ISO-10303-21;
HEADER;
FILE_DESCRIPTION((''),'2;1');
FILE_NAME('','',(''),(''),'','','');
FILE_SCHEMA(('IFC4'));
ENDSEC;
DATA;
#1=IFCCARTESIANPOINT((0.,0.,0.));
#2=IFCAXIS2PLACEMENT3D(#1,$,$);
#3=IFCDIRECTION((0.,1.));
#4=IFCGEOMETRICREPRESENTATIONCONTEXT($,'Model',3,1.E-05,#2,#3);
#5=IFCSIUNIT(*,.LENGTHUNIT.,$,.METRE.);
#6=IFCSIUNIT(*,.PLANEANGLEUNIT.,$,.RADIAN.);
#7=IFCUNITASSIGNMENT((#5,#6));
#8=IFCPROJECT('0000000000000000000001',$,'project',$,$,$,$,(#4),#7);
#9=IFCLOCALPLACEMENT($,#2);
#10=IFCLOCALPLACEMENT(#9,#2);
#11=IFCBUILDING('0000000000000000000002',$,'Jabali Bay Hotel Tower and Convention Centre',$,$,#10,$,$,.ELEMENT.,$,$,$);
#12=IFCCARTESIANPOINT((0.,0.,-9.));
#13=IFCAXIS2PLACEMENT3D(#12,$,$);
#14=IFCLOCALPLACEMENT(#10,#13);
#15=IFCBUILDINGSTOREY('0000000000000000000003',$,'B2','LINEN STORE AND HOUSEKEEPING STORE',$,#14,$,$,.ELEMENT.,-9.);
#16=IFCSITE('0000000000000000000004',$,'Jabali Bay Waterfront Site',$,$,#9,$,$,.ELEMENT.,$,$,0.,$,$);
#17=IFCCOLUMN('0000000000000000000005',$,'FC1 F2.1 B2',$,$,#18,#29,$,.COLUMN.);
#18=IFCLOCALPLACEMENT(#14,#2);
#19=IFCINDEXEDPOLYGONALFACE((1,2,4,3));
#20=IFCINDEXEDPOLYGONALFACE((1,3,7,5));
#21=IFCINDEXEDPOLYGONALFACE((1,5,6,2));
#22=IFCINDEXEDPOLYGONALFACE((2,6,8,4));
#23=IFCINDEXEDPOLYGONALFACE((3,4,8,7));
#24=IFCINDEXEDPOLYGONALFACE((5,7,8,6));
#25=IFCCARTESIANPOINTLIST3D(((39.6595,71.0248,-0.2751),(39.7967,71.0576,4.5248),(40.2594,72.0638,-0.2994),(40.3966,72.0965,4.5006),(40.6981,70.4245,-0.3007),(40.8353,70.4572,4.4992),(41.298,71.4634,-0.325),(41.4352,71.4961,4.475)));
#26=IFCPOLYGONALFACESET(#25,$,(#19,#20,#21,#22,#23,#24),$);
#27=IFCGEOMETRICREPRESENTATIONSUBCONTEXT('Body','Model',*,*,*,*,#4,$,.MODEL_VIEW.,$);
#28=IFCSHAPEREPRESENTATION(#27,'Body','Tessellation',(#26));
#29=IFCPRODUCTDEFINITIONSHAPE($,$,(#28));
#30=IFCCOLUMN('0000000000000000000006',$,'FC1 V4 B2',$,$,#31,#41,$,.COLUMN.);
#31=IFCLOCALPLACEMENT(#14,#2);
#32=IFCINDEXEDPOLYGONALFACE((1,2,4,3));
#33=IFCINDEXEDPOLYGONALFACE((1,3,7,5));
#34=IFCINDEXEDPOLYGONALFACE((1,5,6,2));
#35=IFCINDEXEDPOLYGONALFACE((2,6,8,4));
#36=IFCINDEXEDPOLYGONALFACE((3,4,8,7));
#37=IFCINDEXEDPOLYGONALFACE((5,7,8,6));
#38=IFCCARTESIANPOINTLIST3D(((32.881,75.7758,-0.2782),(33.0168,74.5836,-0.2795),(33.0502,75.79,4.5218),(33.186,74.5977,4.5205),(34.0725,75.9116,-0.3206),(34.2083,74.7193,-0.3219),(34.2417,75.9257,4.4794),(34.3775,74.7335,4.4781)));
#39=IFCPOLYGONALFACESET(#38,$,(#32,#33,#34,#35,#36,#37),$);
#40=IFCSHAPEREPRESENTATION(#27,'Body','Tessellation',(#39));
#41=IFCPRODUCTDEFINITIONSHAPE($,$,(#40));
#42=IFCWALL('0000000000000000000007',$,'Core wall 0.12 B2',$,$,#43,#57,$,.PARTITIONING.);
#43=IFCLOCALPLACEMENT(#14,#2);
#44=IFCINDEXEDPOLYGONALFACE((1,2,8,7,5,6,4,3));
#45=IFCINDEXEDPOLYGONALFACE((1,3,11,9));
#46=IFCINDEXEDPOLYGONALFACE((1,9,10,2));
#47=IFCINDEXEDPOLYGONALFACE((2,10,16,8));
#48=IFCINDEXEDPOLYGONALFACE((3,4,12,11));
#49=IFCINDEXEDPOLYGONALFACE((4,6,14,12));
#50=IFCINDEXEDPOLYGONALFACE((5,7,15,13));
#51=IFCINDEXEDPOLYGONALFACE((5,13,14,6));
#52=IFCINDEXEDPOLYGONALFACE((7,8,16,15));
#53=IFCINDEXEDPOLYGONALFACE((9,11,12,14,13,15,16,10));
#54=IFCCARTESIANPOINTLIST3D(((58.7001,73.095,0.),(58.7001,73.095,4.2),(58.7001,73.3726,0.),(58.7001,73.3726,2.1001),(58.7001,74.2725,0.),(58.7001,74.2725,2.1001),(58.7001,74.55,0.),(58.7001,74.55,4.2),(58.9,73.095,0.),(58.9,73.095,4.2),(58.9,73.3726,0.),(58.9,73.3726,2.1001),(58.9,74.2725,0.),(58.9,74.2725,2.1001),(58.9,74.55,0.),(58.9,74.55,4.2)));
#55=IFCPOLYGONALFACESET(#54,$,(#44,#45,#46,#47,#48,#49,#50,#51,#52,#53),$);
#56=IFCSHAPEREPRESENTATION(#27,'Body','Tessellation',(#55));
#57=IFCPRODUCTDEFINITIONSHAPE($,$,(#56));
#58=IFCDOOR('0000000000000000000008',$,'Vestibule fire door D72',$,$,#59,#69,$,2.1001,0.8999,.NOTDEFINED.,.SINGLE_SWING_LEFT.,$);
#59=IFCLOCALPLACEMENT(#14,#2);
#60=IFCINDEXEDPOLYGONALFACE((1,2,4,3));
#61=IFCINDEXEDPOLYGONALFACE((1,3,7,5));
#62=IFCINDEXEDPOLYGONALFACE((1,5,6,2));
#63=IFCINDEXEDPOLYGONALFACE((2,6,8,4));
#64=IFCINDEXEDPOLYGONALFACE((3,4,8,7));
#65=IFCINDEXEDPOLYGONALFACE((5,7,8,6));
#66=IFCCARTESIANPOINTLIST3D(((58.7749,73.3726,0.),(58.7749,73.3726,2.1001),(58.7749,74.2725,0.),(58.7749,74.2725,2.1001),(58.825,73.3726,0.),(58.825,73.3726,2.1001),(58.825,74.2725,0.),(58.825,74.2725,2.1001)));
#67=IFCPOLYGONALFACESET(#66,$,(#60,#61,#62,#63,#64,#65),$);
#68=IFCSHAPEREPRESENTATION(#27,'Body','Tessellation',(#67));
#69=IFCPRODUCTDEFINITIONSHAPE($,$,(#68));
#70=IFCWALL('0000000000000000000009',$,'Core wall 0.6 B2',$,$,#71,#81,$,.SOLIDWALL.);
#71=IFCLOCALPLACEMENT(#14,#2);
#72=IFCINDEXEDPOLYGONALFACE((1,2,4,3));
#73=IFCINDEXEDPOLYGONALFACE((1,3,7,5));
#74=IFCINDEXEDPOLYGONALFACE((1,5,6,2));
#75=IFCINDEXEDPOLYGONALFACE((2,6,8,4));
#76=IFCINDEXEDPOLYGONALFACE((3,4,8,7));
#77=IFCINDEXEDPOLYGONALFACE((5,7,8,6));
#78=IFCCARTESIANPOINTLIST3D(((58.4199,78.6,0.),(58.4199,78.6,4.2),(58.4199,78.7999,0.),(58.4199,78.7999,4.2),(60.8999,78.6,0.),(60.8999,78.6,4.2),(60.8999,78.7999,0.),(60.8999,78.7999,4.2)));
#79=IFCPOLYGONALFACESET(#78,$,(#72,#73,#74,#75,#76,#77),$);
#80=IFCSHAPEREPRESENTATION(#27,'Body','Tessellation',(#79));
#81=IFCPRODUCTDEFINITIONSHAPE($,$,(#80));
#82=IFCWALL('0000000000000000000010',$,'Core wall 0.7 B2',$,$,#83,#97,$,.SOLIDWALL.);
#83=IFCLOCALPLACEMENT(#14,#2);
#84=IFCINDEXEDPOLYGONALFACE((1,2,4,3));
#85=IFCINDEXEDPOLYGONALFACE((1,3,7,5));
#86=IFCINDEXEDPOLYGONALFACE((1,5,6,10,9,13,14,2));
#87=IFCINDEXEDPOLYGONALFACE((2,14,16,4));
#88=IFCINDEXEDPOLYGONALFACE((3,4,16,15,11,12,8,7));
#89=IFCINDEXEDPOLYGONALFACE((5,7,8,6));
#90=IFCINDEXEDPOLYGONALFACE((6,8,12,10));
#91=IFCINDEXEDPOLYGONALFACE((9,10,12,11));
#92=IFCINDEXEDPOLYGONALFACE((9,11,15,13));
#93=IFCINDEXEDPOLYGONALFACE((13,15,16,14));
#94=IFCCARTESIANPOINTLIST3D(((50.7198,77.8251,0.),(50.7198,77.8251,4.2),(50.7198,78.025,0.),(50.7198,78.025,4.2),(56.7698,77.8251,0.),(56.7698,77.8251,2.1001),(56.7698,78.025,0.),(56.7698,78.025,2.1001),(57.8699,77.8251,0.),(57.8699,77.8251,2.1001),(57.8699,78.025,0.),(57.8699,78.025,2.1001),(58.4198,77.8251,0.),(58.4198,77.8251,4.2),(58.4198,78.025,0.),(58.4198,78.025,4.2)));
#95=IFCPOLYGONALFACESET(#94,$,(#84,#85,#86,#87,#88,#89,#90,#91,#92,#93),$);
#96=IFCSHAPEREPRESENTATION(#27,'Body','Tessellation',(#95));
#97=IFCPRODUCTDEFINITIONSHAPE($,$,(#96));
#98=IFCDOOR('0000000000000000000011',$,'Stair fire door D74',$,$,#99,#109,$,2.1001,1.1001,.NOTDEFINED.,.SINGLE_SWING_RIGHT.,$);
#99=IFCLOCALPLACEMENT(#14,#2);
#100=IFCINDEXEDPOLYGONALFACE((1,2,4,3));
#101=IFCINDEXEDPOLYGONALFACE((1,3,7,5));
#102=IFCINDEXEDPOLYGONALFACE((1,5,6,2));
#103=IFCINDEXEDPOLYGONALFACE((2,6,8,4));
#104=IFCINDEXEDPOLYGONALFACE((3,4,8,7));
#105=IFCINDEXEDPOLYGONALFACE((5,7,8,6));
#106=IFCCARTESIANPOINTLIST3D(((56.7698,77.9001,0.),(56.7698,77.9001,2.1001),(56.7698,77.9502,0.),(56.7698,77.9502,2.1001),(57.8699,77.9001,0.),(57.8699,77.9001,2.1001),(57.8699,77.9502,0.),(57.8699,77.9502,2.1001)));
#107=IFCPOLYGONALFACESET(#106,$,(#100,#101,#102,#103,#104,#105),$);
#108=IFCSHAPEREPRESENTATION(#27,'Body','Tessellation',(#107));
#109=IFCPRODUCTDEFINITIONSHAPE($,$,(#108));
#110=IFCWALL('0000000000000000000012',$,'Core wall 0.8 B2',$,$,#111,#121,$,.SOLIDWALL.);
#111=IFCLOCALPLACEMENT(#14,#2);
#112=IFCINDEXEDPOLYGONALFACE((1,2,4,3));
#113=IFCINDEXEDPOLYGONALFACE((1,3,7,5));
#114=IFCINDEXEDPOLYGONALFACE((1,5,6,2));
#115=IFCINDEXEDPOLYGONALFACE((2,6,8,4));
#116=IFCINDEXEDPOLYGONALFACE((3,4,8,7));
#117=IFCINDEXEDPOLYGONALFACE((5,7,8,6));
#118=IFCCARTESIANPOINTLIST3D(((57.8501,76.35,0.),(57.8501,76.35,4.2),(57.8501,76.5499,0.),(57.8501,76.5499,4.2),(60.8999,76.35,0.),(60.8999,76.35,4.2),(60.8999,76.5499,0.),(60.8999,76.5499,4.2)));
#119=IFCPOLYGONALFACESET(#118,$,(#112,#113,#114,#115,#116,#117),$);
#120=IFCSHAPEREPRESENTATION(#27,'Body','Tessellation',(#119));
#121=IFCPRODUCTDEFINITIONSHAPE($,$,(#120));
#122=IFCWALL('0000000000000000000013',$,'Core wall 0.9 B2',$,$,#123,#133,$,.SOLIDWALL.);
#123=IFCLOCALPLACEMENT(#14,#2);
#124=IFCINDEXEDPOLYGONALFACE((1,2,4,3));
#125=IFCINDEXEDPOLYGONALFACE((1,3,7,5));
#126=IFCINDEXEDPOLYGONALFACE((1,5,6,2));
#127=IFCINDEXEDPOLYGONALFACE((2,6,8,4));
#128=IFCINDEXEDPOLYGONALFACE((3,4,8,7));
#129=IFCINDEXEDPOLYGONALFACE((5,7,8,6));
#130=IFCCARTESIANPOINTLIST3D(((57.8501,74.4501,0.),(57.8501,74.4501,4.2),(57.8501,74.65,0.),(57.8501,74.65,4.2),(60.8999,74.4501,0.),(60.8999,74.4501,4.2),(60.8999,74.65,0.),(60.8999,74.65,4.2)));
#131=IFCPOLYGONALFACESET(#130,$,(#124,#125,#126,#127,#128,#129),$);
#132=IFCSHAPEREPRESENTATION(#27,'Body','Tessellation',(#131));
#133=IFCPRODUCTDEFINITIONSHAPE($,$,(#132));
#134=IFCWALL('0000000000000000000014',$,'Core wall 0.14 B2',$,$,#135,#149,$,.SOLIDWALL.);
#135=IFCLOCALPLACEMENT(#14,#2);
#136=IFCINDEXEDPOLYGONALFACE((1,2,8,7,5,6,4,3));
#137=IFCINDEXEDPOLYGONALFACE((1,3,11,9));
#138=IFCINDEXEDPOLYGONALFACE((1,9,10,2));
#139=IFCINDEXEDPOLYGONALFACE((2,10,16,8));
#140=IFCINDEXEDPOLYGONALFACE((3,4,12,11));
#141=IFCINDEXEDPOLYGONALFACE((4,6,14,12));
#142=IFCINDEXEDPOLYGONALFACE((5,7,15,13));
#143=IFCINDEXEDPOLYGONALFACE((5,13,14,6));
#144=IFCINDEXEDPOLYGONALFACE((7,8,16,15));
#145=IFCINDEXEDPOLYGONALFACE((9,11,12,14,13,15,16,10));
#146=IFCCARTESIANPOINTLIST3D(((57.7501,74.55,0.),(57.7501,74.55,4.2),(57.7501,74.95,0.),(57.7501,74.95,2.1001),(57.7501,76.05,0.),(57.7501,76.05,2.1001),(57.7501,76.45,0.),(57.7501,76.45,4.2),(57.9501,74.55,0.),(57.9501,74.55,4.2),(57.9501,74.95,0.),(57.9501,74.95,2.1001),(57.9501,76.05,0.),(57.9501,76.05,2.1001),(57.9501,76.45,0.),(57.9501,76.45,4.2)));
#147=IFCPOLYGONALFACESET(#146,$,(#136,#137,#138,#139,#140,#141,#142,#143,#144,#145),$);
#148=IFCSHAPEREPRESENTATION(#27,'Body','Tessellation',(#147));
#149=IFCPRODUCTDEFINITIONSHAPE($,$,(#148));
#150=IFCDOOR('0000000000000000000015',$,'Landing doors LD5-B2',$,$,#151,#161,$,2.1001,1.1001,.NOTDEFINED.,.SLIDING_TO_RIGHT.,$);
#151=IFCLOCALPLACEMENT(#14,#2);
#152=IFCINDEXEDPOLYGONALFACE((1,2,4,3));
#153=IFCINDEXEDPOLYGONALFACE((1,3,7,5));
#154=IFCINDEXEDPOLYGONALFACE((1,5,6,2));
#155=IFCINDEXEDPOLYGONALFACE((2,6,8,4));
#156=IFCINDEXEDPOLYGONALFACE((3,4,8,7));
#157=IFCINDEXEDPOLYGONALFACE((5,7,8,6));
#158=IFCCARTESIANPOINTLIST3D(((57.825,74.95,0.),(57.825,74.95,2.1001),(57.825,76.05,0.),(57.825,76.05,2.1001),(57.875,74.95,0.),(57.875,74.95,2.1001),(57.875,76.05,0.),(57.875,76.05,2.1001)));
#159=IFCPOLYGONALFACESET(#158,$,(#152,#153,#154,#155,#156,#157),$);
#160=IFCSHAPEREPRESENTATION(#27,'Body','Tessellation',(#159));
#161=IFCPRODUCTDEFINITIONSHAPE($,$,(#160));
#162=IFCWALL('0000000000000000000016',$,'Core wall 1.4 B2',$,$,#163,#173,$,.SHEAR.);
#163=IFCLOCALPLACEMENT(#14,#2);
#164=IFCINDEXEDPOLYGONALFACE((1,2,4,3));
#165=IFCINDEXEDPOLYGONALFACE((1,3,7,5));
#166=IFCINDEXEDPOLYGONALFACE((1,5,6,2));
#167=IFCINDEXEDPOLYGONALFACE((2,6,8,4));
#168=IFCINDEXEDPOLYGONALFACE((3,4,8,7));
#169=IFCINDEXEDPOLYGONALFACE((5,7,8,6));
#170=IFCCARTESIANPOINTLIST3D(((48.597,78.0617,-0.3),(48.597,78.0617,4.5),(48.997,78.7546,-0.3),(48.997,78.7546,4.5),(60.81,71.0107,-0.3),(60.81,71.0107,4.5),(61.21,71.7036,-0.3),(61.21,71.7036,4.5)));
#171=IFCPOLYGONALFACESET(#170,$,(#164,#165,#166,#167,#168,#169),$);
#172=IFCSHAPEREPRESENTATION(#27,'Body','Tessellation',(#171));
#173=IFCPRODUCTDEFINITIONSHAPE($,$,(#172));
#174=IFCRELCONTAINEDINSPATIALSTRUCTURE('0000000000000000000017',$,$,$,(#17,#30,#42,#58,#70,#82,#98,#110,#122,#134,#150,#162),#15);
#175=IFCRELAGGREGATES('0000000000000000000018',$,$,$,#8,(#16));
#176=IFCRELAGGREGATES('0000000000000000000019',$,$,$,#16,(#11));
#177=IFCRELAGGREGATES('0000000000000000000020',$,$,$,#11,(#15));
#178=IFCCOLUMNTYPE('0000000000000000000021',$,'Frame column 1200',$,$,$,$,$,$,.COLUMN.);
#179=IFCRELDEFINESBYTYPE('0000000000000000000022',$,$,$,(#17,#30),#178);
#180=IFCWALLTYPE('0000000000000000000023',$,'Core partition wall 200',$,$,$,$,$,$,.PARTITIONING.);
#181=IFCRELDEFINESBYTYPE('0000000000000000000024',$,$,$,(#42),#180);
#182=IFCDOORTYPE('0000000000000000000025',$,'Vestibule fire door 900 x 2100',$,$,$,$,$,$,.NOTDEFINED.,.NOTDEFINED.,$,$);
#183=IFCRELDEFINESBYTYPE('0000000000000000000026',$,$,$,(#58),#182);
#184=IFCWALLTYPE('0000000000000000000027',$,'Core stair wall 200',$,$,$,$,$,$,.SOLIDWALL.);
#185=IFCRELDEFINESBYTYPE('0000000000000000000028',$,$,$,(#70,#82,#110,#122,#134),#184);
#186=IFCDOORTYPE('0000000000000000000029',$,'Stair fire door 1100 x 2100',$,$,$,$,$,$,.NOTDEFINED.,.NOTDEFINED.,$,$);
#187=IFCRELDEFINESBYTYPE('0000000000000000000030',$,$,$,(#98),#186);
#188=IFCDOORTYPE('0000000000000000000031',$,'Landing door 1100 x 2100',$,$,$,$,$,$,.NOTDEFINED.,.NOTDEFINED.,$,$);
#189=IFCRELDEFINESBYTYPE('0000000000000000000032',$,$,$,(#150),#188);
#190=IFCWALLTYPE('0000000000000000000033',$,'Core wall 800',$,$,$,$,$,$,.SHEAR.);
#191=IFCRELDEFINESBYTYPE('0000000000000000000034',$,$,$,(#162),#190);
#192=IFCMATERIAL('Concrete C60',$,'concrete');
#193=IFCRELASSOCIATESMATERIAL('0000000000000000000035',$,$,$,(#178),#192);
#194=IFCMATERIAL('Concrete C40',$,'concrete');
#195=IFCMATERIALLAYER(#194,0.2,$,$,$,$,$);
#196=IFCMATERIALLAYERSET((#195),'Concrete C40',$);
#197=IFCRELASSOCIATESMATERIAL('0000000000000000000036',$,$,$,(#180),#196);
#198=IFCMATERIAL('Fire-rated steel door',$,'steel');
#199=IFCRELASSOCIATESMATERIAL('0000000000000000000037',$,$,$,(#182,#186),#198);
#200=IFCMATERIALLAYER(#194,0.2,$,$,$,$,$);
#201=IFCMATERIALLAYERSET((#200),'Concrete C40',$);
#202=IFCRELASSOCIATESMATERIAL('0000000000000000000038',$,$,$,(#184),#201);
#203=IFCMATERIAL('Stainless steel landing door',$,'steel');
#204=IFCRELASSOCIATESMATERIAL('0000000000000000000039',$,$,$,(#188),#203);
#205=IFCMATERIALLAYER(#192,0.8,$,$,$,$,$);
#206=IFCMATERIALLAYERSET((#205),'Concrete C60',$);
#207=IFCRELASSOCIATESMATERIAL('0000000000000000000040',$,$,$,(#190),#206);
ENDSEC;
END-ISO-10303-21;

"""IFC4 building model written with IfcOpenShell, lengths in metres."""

from ifc_helpers import new_model, si_unit, direction, frame, frame_2d, origin, origin_2d, place, context, subcontext, project, spatial, rectangle, extrude, material, layer, layer_set, material_profile, profile_set, type_object, element, fill, save


model = new_model("IFC4")

# Units and contexts
model_context = context("Model", 3, precision=1e-05, world=origin(), true_north=direction((0.0, 1.0)))
body_context = subcontext(model_context, "Body", "Model", "MODEL_VIEW")
ifc_project = project(units=[si_unit("LENGTHUNIT", "METRE"), si_unit("PLANEANGLEUNIT", "RADIAN")], contexts=[model_context])

# Site, building, storey
site_placement = place(None, origin())
site = spatial("IfcSite", under=ifc_project, at=site_placement, Name="Jabali Bay Waterfront Site", CompositionType="ELEMENT", RefElevation=0.0)
building_placement = place(site_placement, origin())
building = spatial("IfcBuilding", under=site, at=building_placement, Name="Jabali Bay Hotel Tower and Convention Centre", CompositionType="ELEMENT")
storey_placement = place(building_placement, frame((0.0, 0.0, -9.0)))
storey = spatial("IfcBuildingStorey", under=building, at=storey_placement, Name="B2", Description="LINEN STORE AND HOUSEKEEPING STORE", CompositionType="ELEMENT", Elevation=-9.0)

# Columns
ifc_material_1 = material(Name="Concrete C60", Category="concrete")
ifc_material_profile_1 = material_profile(ifc_material_1, rectangle(XDim=1.2, YDim=1.2, at=origin_2d()), Name="Frame column 1200")
ifc_profile_set_1 = profile_set([ifc_material_profile_1], Name="Concrete C60")
column_type = type_object("IfcColumnType", Name="Frame column 1200", PredefinedType="COLUMN", material=ifc_profile_set_1)
column_1_placement = place(storey_placement, frame((40.4788, 71.2441, -0.3), z_axis=(0.028572, 0.006813, 0.999569), x_axis=(-0.865582, 0.500312, 0.021332)))
element("IfcColumn", 1, at=column_1_placement, inside=storey, type_object=column_type, Name="FC1 F2.1 B2", PredefinedType="COLUMN", context=body_context, shape_type="SweptSolid", body=[
    extrude(rectangle(XDim=1.2, YDim=1.2, at=origin_2d()), origin(), (0.0, 0.0, 1.0), 4.802),
])
column_2_placement = place(storey_placement, frame((33.5447, 75.2476, -0.3), z_axis=(0.035225, 0.002948, 0.999375), x_axis=(-0.113158, 0.993576, 0.001057)))
element("IfcColumn", 2, at=column_2_placement, inside=storey, type_object=column_type, Name="FC1 V4 B2", PredefinedType="COLUMN", context=body_context, shape_type="SweptSolid", body=[
    extrude(rectangle(XDim=1.2, YDim=1.2, at=origin_2d()), origin(), (0.0, 0.0, 1.0), 4.803),
])

# Wall, opening, door
ifc_material_2 = material(Name="Concrete C40", Category="concrete")
ifc_layer_1 = layer(ifc_material_2, 0.2)
ifc_layer_set_1 = layer_set([ifc_layer_1], Name="Concrete C40")
wall_type_1 = type_object("IfcWallType", Name="Core partition wall 200", PredefinedType="PARTITIONING", material=ifc_layer_set_1)
wall_1_placement = place(storey_placement, frame((58.8, 74.55, 0.0), z_axis=(0.0, 0.0, 1.0), x_axis=(0.0, -1.0, 0.0)))
wall_1 = element("IfcWall", 3, at=wall_1_placement, inside=storey, type_object=wall_type_1, Name="Core wall 0.12 B2", PredefinedType="PARTITIONING", context=body_context, shape_type="SweptSolid", body=[
    extrude(rectangle(XDim=1.4551, YDim=0.2, at=frame_2d((0.7275, 0.0))), origin(), (0.0, 0.0, 1.0), 4.2),
])
opening_1_placement = place(wall_1_placement, frame((0.2776, 0.0, 0.0)))
opening_1 = element("IfcOpeningElement", 4, at=opening_1_placement, cuts=wall_1, PredefinedType="OPENING", context=body_context, shape_type="SweptSolid", body=[
    extrude(rectangle(XDim=0.8999, YDim=2.1001, at=frame_2d((0.45, 1.05))), frame((0.0, 0.1104, 0.0), z_axis=(0.0, -1.0, 0.0), x_axis=(1.0, 0.0, 0.0)), (0.0, 0.0, 1.0), 0.2209),
])
ifc_material_3 = material(Name="Fire-rated steel door", Category="steel")
door_type_1 = type_object("IfcDoorType", Name="Vestibule fire door 900 x 2100", OperationType="NOTDEFINED", PredefinedType="NOTDEFINED", material=ifc_material_3)
door_1_placement = place(opening_1_placement, origin())
door_1 = element("IfcDoor", 5, at=door_1_placement, inside=storey, type_object=door_type_1, Name="Vestibule fire door D72", OperationType="SINGLE_SWING_LEFT", OverallHeight=2.1001, OverallWidth=0.8999, PredefinedType="NOTDEFINED", context=body_context, shape_type="SweptSolid", body=[
    extrude(rectangle(XDim=0.8999, YDim=2.1001, at=frame_2d((0.45, 1.05))), frame((0.0, 0.0249, 0.0), z_axis=(0.0, -1.0, 0.0), x_axis=(1.0, 0.0, 0.0)), (0.0, 0.0, 1.0), 0.05),
])
fill(opening_1, door_1)

# Wall
ifc_layer_2 = layer(ifc_material_2, 0.2)
ifc_layer_set_2 = layer_set([ifc_layer_2], Name="Concrete C40")
wall_type_2 = type_object("IfcWallType", Name="Core stair wall 200", PredefinedType="SOLIDWALL", material=ifc_layer_set_2)
wall_2_placement = place(storey_placement, frame((60.8999, 78.7, 0.0), z_axis=(0.0, 0.0, 1.0), x_axis=(-1.0, 0.0, 0.0)))
element("IfcWall", 6, at=wall_2_placement, inside=storey, type_object=wall_type_2, Name="Core wall 0.6 B2", PredefinedType="SOLIDWALL", context=body_context, shape_type="SweptSolid", body=[
    extrude(rectangle(XDim=2.48, YDim=0.2, at=frame_2d((1.24, 0.0))), origin(), (0.0, 0.0, 1.0), 4.2),
])

# Wall, opening, door
wall_3_placement = place(storey_placement, frame((58.4199, 77.925, 0.0), z_axis=(0.0, 0.0, 1.0), x_axis=(-1.0, 0.0, 0.0)))
wall_3 = element("IfcWall", 7, at=wall_3_placement, inside=storey, type_object=wall_type_2, Name="Core wall 0.7 B2", PredefinedType="SOLIDWALL", context=body_context, shape_type="SweptSolid", body=[
    extrude(rectangle(XDim=7.7, YDim=0.2, at=frame_2d((3.8501, 0.0))), origin(), (0.0, 0.0, 1.0), 4.2),
])
opening_2_placement = place(wall_3_placement, frame((0.55, 0.0, 0.0)))
opening_2 = element("IfcOpeningElement", 8, at=opening_2_placement, cuts=wall_3, PredefinedType="OPENING", context=body_context, shape_type="SweptSolid", body=[
    extrude(rectangle(XDim=1.1001, YDim=2.1001, at=frame_2d((0.55, 1.05))), frame((0.0, 0.1104, 0.0), z_axis=(0.0, -1.0, 0.0), x_axis=(1.0, 0.0, 0.0)), (0.0, 0.0, 1.0), 0.2209),
])
door_type_2 = type_object("IfcDoorType", Name="Stair fire door 1100 x 2100", OperationType="NOTDEFINED", PredefinedType="NOTDEFINED", material=ifc_material_3)
door_2_placement = place(opening_2_placement, origin())
door_2 = element("IfcDoor", 9, at=door_2_placement, inside=storey, type_object=door_type_2, Name="Stair fire door D74", OperationType="SINGLE_SWING_RIGHT", OverallHeight=2.1001, OverallWidth=1.1001, PredefinedType="NOTDEFINED", context=body_context, shape_type="SweptSolid", body=[
    extrude(rectangle(XDim=1.1001, YDim=2.1001, at=frame_2d((0.55, 1.05))), frame((0.0, 0.0249, 0.0), z_axis=(0.0, -1.0, 0.0), x_axis=(1.0, 0.0, 0.0)), (0.0, 0.0, 1.0), 0.05),
])
fill(opening_2, door_2)

# Walls
for number, where, z_axis, x_axis, name in (
    (10, (60.8999, 76.45, 0.0), (0.0, 0.0, 1.0), (-1.0, 0.0, 0.0), "Core wall 0.8 B2"),
    (11, (60.8999, 74.55, 0.0), (0.0, 0.0, 1.0), (-1.0, 0.0, 0.0), "Core wall 0.9 B2"),
):
    element("IfcWall", number, at=place(storey_placement, frame(where, z_axis=z_axis, x_axis=x_axis)), inside=storey, type_object=wall_type_2, Name=name, PredefinedType="SOLIDWALL", context=body_context, shape_type="SweptSolid", body=[
        extrude(rectangle(XDim=3.0498, YDim=0.2, at=frame_2d((1.5249, 0.0))), origin(), (0.0, 0.0, 1.0), 4.2),
    ])

# Wall, opening, door
wall_4_placement = place(storey_placement, frame((57.8501, 76.45, 0.0), z_axis=(0.0, 0.0, 1.0), x_axis=(0.0, -1.0, 0.0)))
wall_4 = element("IfcWall", 12, at=wall_4_placement, inside=storey, type_object=wall_type_2, Name="Core wall 0.14 B2", PredefinedType="SOLIDWALL", context=body_context, shape_type="SweptSolid", body=[
    extrude(rectangle(XDim=1.8999, YDim=0.2, at=frame_2d((0.95, 0.0))), origin(), (0.0, 0.0, 1.0), 4.2),
])
opening_3_placement = place(wall_4_placement, frame((0.3999, 0.0, 0.0)))
opening_3 = element("IfcOpeningElement", 13, at=opening_3_placement, cuts=wall_4, PredefinedType="OPENING", context=body_context, shape_type="SweptSolid", body=[
    extrude(rectangle(XDim=1.1001, YDim=2.1001, at=frame_2d((0.55, 1.05))), frame((0.0, 0.1104, 0.0), z_axis=(0.0, -1.0, 0.0), x_axis=(1.0, 0.0, 0.0)), (0.0, 0.0, 1.0), 0.2209),
])
ifc_material_4 = material(Name="Stainless steel landing door", Category="steel")
door_type_3 = type_object("IfcDoorType", Name="Landing door 1100 x 2100", OperationType="NOTDEFINED", PredefinedType="NOTDEFINED", material=ifc_material_4)
door_3_placement = place(opening_3_placement, origin())
door_3 = element("IfcDoor", 14, at=door_3_placement, inside=storey, type_object=door_type_3, Name="Landing doors LD5-B2", OperationType="SLIDING_TO_RIGHT", OverallHeight=2.1001, OverallWidth=1.1001, PredefinedType="NOTDEFINED", context=body_context, shape_type="SweptSolid", body=[
    extrude(rectangle(XDim=1.1001, YDim=2.1001, at=frame_2d((0.55, 1.05))), frame((0.0, 0.0249, 0.0), z_axis=(0.0, -1.0, 0.0), x_axis=(1.0, 0.0, 0.0)), (0.0, 0.0, 1.0), 0.05),
])
fill(opening_3, door_3)

# Wall
ifc_layer_3 = layer(ifc_material_1, 0.8)
ifc_layer_set_3 = layer_set([ifc_layer_3], Name="Concrete C60")
wall_type_3 = type_object("IfcWallType", Name="Core wall 800", PredefinedType="SHEAR", material=ifc_layer_set_3)
wall_5_placement = place(storey_placement, frame((48.7969, 78.4082, -0.3), z_axis=(0.0, 0.0, 1.0), x_axis=(0.866033, -0.499988, 0.0)))
element("IfcWall", 15, at=wall_5_placement, inside=storey, type_object=wall_type_3, Name="Core wall 1.4 B2", PredefinedType="SHEAR", context=body_context, shape_type="SweptSolid", body=[
    extrude(rectangle(XDim=14.1023, YDim=0.8, at=frame_2d((7.0513, 0.0))), origin(), (0.0, 0.0, 1.0), 4.8),
])

save(model, "model.ifc")
